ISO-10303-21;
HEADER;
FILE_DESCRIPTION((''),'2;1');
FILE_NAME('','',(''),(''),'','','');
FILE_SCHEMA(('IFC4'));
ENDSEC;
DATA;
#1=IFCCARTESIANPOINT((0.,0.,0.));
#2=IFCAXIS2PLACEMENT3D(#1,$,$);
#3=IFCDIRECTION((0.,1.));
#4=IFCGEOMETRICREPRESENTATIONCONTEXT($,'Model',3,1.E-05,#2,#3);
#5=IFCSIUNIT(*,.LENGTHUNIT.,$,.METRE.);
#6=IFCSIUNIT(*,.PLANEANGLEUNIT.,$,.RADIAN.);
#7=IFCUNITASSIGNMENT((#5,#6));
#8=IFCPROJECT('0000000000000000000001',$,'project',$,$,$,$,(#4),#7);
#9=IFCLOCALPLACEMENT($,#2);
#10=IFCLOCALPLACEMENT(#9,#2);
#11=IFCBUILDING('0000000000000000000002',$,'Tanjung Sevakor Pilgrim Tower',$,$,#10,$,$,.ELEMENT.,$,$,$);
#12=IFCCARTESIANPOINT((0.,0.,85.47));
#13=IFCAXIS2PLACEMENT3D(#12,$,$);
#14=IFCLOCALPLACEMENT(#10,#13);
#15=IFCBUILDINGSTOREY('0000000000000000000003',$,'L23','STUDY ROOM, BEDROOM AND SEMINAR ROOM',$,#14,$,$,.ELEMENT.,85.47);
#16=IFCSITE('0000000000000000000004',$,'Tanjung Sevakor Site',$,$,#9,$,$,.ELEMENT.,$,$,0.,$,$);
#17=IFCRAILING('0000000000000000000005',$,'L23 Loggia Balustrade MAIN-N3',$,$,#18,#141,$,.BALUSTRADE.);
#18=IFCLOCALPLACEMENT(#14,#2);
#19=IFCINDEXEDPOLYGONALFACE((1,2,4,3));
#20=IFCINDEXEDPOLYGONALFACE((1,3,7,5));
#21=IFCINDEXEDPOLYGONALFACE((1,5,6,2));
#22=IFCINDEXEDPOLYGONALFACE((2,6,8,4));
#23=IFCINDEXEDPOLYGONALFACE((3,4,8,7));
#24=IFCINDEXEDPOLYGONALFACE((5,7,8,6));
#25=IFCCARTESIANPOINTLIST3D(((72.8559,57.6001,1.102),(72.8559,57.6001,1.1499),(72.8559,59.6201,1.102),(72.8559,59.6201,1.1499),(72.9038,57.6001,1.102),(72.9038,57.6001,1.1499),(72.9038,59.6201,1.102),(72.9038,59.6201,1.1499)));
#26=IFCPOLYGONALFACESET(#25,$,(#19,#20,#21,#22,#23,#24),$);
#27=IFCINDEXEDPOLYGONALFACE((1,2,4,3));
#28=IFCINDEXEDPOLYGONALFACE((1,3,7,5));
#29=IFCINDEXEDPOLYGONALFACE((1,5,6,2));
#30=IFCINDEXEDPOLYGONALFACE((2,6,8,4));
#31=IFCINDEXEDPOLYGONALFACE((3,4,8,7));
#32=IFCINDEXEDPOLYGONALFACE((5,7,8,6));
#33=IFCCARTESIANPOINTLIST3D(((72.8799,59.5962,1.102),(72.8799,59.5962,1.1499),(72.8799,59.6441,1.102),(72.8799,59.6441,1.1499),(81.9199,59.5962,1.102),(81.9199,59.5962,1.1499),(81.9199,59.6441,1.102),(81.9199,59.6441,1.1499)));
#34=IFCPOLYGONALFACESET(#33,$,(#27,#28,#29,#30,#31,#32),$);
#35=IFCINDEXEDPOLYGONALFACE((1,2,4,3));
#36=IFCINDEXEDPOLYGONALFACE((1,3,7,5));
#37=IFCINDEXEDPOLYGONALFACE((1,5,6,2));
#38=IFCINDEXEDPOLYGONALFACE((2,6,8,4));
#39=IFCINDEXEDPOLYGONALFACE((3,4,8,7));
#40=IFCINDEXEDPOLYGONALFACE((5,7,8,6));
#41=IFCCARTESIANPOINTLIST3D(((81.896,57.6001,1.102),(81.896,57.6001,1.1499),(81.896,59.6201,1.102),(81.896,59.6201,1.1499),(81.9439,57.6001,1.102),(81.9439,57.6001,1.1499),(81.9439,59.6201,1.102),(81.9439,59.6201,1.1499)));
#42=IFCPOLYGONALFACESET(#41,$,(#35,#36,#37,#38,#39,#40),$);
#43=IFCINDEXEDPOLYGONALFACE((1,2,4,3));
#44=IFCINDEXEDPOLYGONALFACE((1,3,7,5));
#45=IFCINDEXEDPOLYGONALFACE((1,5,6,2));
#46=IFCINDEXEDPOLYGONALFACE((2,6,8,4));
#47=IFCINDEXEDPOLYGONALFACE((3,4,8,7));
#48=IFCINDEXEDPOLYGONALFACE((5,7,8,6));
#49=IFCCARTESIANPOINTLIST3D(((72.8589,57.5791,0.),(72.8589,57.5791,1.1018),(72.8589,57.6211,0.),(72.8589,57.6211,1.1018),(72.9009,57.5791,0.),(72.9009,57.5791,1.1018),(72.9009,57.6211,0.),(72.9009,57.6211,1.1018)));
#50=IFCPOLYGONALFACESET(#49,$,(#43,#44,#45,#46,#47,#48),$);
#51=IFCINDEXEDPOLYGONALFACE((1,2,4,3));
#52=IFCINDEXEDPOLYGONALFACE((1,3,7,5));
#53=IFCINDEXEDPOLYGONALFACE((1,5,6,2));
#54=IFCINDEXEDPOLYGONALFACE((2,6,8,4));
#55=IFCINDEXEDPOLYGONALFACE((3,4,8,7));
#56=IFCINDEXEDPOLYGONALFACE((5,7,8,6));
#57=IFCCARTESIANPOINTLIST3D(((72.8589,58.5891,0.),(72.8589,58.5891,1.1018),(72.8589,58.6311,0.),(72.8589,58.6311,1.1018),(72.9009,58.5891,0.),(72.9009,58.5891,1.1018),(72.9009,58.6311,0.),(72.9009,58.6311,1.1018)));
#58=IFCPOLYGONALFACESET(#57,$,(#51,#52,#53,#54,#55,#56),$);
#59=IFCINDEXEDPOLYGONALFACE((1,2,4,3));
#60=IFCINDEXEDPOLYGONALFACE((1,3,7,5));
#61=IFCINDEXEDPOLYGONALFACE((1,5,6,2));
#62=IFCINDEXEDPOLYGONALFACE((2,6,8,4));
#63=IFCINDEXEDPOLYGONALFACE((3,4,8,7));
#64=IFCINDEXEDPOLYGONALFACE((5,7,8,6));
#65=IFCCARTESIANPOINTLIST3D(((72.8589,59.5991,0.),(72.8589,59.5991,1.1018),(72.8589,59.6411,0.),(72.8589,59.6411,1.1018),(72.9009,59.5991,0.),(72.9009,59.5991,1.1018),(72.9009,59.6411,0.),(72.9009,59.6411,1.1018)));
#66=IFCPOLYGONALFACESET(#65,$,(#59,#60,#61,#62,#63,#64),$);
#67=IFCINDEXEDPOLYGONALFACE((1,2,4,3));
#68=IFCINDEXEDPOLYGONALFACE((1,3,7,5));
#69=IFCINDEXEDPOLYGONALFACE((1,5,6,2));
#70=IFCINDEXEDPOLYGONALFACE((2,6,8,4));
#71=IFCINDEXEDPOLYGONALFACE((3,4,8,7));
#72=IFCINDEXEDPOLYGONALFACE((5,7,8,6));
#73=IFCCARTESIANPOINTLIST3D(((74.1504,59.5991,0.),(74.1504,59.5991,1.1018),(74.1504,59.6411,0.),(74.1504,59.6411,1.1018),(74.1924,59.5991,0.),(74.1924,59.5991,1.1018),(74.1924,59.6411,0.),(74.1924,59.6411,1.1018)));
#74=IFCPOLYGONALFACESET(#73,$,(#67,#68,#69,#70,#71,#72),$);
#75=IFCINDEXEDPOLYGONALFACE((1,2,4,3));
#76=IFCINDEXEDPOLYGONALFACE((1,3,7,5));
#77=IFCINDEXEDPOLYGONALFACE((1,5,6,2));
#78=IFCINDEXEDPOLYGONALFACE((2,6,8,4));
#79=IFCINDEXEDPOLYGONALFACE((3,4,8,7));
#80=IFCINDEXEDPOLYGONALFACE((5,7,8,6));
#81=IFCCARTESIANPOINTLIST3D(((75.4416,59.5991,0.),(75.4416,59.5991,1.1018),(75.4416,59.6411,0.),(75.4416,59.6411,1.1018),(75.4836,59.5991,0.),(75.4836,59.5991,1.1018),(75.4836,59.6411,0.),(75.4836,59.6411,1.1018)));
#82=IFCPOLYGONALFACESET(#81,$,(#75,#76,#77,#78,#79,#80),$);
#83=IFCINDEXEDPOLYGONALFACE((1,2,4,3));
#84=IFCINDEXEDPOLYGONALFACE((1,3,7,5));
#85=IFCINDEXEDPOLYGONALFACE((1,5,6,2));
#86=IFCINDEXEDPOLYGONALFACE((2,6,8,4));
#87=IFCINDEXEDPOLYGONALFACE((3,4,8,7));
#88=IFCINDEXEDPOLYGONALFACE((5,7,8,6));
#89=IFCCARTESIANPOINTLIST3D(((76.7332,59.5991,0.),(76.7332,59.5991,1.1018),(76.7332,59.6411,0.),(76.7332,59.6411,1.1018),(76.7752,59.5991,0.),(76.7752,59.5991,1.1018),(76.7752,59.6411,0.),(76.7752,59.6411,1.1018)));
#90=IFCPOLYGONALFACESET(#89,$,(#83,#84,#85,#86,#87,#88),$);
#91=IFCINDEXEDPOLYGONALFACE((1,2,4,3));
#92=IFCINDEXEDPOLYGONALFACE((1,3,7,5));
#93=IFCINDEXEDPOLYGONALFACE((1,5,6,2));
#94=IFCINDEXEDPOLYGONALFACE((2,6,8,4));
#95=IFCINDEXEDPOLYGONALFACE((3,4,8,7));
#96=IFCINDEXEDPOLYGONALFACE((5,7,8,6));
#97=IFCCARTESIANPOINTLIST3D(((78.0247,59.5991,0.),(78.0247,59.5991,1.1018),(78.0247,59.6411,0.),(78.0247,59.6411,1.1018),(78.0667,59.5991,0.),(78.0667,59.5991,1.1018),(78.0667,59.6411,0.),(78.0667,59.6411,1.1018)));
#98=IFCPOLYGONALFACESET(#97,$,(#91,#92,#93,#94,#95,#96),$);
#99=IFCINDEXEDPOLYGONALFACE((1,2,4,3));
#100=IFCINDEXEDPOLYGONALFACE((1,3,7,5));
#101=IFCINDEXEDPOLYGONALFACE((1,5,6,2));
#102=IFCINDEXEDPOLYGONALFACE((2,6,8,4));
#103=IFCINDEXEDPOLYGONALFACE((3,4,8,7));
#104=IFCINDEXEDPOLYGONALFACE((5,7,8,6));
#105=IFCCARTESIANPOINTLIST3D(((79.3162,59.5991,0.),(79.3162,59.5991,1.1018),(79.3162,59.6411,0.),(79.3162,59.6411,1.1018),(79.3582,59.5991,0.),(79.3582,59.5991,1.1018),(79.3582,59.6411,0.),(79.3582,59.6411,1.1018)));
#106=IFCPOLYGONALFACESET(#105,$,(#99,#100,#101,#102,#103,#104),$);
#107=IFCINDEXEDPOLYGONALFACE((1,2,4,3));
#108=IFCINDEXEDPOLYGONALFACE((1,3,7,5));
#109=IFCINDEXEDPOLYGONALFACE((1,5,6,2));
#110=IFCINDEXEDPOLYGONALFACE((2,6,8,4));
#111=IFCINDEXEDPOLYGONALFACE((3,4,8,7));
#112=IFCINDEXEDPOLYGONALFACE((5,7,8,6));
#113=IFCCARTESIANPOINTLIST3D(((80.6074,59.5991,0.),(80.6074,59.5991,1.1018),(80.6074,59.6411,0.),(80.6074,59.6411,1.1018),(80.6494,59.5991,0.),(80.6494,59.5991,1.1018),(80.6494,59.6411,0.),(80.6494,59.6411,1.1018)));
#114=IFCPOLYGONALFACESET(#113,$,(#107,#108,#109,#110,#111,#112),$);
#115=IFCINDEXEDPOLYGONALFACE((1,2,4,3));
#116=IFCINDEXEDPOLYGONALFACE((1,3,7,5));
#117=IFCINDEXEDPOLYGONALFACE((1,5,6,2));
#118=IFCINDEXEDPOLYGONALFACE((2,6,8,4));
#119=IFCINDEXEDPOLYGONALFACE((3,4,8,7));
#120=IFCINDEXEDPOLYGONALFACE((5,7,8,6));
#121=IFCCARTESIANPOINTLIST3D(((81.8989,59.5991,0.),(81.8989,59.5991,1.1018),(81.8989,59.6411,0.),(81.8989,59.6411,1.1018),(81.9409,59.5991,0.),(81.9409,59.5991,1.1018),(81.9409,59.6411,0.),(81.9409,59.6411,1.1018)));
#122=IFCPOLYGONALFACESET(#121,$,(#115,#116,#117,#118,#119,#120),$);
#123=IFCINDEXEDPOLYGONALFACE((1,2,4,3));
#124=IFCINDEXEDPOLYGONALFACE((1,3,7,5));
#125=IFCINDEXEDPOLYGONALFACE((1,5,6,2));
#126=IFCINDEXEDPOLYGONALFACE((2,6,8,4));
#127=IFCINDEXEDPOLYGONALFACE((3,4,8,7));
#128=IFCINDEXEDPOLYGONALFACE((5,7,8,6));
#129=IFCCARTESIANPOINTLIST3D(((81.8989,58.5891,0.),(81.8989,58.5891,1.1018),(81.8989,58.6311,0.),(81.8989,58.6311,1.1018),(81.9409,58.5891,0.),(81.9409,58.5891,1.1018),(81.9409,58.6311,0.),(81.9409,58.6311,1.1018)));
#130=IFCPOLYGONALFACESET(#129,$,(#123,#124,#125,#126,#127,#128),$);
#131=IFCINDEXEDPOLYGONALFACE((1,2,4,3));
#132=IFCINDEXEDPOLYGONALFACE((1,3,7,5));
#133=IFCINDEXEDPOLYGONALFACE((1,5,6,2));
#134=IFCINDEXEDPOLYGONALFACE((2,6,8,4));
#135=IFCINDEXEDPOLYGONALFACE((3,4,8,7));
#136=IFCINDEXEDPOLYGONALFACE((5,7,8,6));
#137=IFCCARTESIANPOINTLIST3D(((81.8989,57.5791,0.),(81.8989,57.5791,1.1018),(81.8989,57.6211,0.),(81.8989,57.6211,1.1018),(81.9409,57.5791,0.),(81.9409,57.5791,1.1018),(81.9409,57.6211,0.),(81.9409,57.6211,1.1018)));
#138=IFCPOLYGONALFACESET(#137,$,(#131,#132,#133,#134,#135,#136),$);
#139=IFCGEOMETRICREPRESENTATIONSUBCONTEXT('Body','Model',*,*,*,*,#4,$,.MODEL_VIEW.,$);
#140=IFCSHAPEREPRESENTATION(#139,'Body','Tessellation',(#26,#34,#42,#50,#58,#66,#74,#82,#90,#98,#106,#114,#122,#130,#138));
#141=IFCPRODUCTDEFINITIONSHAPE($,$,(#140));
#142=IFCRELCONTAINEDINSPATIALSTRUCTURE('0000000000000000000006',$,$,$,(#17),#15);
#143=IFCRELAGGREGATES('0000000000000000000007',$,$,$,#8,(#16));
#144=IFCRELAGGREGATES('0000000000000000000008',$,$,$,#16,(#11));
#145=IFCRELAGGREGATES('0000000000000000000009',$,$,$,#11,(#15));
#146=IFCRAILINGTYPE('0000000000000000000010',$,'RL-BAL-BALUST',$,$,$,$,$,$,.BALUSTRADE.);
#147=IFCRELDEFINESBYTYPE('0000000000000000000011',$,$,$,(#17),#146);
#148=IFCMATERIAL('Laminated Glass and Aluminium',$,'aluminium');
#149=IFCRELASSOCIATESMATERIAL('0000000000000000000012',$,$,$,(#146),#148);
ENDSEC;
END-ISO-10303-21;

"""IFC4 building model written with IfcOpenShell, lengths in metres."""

from ifc_helpers import new_model, si_unit, direction, frame, origin, place, context, subcontext, project, spatial, rectangle, extrude, material, type_object, element, save


model = new_model("IFC4")

# Units and contexts
model_context = context("Model", 3, precision=1e-05, world=origin(), true_north=direction((0.0, 1.0)))
body_context = subcontext(model_context, "Body", "Model", "MODEL_VIEW")
ifc_project = project(units=[si_unit("LENGTHUNIT", "METRE"), si_unit("PLANEANGLEUNIT", "RADIAN")], contexts=[model_context])

# Site, building, storey
site_placement = place(None, origin())
site = spatial("IfcSite", under=ifc_project, at=site_placement, Name="Tanjung Sevakor Site", CompositionType="ELEMENT", RefElevation=0.0)
building_placement = place(site_placement, origin())
building = spatial("IfcBuilding", under=site, at=building_placement, Name="Tanjung Sevakor Pilgrim Tower", CompositionType="ELEMENT")
storey_placement = place(building_placement, frame((0.0, 0.0, 85.47)))
storey = spatial("IfcBuildingStorey", under=building, at=storey_placement, Name="L23", Description="STUDY ROOM, BEDROOM AND SEMINAR ROOM", CompositionType="ELEMENT", Elevation=85.47)

# Railing
ifc_material_1 = material(Name="Laminated Glass and Aluminium", Category="aluminium")
railing_type = type_object("IfcRailingType", Name="RL-BAL-BALUST", PredefinedType="BALUSTRADE", material=ifc_material_1)
railing_placement = place(storey_placement, frame((72.8799, 57.6001, 0.0)))
element("IfcRailing", 1, at=railing_placement, inside=storey, type_object=railing_type, Name="L23 Loggia Balustrade MAIN-N3", PredefinedType="BALUSTRADE", context=body_context, shape_type="SweptSolid", body=[
    extrude(rectangle(XDim=0.0479, YDim=0.0479), frame((0.0, 0.0, 1.126), z_axis=(0.0, 1.0, 0.0), x_axis=(-1.0, 0.0, 0.0)), (0.0, 0.0, 1.0), 2.02),
    extrude(rectangle(XDim=0.0479, YDim=0.0479), frame((0.0, 2.02, 1.126), z_axis=(1.0, 0.0, 0.0), x_axis=(0.0, 1.0, 0.0)), (0.0, 0.0, 1.0), 9.04),
    extrude(rectangle(XDim=0.0479, YDim=0.0479), frame((9.04, 2.02, 1.126), z_axis=(0.0, -1.0, 0.0), x_axis=(1.0, 0.0, 0.0)), (0.0, 0.0, 1.0), 2.02),
    extrude(rectangle(XDim=0.042, YDim=0.042), origin(), (0.0, 0.0, 1.0), 1.1018),
    extrude(rectangle(XDim=0.042, YDim=0.042), frame((0.0, 1.01, 0.0)), (0.0, 0.0, 1.0), 1.1018),
    extrude(rectangle(XDim=0.042, YDim=0.042), frame((0.0, 2.02, 0.0)), (0.0, 0.0, 1.0), 1.1018),
    extrude(rectangle(XDim=0.042, YDim=0.042), frame((1.2915, 2.02, 0.0)), (0.0, 0.0, 1.0), 1.1018),
    extrude(rectangle(XDim=0.042, YDim=0.042), frame((2.5828, 2.02, 0.0)), (0.0, 0.0, 1.0), 1.1018),
    extrude(rectangle(XDim=0.042, YDim=0.042), frame((3.8743, 2.02, 0.0)), (0.0, 0.0, 1.0), 1.1018),
    extrude(rectangle(XDim=0.042, YDim=0.042), frame((5.1658, 2.02, 0.0)), (0.0, 0.0, 1.0), 1.1018),
    extrude(rectangle(XDim=0.042, YDim=0.042), frame((6.4573, 2.02, 0.0)), (0.0, 0.0, 1.0), 1.1018),
    extrude(rectangle(XDim=0.042, YDim=0.042), frame((7.7485, 2.02, 0.0)), (0.0, 0.0, 1.0), 1.1018),
    extrude(rectangle(XDim=0.042, YDim=0.042), frame((9.04, 2.02, 0.0)), (0.0, 0.0, 1.0), 1.1018),
    extrude(rectangle(XDim=0.042, YDim=0.042), frame((9.04, 1.01, 0.0)), (0.0, 0.0, 1.0), 1.1018),
    extrude(rectangle(XDim=0.042, YDim=0.042), frame((9.04, 0.0, 0.0)), (0.0, 0.0, 1.0), 1.1018),
])

save(model, "model.ifc")
